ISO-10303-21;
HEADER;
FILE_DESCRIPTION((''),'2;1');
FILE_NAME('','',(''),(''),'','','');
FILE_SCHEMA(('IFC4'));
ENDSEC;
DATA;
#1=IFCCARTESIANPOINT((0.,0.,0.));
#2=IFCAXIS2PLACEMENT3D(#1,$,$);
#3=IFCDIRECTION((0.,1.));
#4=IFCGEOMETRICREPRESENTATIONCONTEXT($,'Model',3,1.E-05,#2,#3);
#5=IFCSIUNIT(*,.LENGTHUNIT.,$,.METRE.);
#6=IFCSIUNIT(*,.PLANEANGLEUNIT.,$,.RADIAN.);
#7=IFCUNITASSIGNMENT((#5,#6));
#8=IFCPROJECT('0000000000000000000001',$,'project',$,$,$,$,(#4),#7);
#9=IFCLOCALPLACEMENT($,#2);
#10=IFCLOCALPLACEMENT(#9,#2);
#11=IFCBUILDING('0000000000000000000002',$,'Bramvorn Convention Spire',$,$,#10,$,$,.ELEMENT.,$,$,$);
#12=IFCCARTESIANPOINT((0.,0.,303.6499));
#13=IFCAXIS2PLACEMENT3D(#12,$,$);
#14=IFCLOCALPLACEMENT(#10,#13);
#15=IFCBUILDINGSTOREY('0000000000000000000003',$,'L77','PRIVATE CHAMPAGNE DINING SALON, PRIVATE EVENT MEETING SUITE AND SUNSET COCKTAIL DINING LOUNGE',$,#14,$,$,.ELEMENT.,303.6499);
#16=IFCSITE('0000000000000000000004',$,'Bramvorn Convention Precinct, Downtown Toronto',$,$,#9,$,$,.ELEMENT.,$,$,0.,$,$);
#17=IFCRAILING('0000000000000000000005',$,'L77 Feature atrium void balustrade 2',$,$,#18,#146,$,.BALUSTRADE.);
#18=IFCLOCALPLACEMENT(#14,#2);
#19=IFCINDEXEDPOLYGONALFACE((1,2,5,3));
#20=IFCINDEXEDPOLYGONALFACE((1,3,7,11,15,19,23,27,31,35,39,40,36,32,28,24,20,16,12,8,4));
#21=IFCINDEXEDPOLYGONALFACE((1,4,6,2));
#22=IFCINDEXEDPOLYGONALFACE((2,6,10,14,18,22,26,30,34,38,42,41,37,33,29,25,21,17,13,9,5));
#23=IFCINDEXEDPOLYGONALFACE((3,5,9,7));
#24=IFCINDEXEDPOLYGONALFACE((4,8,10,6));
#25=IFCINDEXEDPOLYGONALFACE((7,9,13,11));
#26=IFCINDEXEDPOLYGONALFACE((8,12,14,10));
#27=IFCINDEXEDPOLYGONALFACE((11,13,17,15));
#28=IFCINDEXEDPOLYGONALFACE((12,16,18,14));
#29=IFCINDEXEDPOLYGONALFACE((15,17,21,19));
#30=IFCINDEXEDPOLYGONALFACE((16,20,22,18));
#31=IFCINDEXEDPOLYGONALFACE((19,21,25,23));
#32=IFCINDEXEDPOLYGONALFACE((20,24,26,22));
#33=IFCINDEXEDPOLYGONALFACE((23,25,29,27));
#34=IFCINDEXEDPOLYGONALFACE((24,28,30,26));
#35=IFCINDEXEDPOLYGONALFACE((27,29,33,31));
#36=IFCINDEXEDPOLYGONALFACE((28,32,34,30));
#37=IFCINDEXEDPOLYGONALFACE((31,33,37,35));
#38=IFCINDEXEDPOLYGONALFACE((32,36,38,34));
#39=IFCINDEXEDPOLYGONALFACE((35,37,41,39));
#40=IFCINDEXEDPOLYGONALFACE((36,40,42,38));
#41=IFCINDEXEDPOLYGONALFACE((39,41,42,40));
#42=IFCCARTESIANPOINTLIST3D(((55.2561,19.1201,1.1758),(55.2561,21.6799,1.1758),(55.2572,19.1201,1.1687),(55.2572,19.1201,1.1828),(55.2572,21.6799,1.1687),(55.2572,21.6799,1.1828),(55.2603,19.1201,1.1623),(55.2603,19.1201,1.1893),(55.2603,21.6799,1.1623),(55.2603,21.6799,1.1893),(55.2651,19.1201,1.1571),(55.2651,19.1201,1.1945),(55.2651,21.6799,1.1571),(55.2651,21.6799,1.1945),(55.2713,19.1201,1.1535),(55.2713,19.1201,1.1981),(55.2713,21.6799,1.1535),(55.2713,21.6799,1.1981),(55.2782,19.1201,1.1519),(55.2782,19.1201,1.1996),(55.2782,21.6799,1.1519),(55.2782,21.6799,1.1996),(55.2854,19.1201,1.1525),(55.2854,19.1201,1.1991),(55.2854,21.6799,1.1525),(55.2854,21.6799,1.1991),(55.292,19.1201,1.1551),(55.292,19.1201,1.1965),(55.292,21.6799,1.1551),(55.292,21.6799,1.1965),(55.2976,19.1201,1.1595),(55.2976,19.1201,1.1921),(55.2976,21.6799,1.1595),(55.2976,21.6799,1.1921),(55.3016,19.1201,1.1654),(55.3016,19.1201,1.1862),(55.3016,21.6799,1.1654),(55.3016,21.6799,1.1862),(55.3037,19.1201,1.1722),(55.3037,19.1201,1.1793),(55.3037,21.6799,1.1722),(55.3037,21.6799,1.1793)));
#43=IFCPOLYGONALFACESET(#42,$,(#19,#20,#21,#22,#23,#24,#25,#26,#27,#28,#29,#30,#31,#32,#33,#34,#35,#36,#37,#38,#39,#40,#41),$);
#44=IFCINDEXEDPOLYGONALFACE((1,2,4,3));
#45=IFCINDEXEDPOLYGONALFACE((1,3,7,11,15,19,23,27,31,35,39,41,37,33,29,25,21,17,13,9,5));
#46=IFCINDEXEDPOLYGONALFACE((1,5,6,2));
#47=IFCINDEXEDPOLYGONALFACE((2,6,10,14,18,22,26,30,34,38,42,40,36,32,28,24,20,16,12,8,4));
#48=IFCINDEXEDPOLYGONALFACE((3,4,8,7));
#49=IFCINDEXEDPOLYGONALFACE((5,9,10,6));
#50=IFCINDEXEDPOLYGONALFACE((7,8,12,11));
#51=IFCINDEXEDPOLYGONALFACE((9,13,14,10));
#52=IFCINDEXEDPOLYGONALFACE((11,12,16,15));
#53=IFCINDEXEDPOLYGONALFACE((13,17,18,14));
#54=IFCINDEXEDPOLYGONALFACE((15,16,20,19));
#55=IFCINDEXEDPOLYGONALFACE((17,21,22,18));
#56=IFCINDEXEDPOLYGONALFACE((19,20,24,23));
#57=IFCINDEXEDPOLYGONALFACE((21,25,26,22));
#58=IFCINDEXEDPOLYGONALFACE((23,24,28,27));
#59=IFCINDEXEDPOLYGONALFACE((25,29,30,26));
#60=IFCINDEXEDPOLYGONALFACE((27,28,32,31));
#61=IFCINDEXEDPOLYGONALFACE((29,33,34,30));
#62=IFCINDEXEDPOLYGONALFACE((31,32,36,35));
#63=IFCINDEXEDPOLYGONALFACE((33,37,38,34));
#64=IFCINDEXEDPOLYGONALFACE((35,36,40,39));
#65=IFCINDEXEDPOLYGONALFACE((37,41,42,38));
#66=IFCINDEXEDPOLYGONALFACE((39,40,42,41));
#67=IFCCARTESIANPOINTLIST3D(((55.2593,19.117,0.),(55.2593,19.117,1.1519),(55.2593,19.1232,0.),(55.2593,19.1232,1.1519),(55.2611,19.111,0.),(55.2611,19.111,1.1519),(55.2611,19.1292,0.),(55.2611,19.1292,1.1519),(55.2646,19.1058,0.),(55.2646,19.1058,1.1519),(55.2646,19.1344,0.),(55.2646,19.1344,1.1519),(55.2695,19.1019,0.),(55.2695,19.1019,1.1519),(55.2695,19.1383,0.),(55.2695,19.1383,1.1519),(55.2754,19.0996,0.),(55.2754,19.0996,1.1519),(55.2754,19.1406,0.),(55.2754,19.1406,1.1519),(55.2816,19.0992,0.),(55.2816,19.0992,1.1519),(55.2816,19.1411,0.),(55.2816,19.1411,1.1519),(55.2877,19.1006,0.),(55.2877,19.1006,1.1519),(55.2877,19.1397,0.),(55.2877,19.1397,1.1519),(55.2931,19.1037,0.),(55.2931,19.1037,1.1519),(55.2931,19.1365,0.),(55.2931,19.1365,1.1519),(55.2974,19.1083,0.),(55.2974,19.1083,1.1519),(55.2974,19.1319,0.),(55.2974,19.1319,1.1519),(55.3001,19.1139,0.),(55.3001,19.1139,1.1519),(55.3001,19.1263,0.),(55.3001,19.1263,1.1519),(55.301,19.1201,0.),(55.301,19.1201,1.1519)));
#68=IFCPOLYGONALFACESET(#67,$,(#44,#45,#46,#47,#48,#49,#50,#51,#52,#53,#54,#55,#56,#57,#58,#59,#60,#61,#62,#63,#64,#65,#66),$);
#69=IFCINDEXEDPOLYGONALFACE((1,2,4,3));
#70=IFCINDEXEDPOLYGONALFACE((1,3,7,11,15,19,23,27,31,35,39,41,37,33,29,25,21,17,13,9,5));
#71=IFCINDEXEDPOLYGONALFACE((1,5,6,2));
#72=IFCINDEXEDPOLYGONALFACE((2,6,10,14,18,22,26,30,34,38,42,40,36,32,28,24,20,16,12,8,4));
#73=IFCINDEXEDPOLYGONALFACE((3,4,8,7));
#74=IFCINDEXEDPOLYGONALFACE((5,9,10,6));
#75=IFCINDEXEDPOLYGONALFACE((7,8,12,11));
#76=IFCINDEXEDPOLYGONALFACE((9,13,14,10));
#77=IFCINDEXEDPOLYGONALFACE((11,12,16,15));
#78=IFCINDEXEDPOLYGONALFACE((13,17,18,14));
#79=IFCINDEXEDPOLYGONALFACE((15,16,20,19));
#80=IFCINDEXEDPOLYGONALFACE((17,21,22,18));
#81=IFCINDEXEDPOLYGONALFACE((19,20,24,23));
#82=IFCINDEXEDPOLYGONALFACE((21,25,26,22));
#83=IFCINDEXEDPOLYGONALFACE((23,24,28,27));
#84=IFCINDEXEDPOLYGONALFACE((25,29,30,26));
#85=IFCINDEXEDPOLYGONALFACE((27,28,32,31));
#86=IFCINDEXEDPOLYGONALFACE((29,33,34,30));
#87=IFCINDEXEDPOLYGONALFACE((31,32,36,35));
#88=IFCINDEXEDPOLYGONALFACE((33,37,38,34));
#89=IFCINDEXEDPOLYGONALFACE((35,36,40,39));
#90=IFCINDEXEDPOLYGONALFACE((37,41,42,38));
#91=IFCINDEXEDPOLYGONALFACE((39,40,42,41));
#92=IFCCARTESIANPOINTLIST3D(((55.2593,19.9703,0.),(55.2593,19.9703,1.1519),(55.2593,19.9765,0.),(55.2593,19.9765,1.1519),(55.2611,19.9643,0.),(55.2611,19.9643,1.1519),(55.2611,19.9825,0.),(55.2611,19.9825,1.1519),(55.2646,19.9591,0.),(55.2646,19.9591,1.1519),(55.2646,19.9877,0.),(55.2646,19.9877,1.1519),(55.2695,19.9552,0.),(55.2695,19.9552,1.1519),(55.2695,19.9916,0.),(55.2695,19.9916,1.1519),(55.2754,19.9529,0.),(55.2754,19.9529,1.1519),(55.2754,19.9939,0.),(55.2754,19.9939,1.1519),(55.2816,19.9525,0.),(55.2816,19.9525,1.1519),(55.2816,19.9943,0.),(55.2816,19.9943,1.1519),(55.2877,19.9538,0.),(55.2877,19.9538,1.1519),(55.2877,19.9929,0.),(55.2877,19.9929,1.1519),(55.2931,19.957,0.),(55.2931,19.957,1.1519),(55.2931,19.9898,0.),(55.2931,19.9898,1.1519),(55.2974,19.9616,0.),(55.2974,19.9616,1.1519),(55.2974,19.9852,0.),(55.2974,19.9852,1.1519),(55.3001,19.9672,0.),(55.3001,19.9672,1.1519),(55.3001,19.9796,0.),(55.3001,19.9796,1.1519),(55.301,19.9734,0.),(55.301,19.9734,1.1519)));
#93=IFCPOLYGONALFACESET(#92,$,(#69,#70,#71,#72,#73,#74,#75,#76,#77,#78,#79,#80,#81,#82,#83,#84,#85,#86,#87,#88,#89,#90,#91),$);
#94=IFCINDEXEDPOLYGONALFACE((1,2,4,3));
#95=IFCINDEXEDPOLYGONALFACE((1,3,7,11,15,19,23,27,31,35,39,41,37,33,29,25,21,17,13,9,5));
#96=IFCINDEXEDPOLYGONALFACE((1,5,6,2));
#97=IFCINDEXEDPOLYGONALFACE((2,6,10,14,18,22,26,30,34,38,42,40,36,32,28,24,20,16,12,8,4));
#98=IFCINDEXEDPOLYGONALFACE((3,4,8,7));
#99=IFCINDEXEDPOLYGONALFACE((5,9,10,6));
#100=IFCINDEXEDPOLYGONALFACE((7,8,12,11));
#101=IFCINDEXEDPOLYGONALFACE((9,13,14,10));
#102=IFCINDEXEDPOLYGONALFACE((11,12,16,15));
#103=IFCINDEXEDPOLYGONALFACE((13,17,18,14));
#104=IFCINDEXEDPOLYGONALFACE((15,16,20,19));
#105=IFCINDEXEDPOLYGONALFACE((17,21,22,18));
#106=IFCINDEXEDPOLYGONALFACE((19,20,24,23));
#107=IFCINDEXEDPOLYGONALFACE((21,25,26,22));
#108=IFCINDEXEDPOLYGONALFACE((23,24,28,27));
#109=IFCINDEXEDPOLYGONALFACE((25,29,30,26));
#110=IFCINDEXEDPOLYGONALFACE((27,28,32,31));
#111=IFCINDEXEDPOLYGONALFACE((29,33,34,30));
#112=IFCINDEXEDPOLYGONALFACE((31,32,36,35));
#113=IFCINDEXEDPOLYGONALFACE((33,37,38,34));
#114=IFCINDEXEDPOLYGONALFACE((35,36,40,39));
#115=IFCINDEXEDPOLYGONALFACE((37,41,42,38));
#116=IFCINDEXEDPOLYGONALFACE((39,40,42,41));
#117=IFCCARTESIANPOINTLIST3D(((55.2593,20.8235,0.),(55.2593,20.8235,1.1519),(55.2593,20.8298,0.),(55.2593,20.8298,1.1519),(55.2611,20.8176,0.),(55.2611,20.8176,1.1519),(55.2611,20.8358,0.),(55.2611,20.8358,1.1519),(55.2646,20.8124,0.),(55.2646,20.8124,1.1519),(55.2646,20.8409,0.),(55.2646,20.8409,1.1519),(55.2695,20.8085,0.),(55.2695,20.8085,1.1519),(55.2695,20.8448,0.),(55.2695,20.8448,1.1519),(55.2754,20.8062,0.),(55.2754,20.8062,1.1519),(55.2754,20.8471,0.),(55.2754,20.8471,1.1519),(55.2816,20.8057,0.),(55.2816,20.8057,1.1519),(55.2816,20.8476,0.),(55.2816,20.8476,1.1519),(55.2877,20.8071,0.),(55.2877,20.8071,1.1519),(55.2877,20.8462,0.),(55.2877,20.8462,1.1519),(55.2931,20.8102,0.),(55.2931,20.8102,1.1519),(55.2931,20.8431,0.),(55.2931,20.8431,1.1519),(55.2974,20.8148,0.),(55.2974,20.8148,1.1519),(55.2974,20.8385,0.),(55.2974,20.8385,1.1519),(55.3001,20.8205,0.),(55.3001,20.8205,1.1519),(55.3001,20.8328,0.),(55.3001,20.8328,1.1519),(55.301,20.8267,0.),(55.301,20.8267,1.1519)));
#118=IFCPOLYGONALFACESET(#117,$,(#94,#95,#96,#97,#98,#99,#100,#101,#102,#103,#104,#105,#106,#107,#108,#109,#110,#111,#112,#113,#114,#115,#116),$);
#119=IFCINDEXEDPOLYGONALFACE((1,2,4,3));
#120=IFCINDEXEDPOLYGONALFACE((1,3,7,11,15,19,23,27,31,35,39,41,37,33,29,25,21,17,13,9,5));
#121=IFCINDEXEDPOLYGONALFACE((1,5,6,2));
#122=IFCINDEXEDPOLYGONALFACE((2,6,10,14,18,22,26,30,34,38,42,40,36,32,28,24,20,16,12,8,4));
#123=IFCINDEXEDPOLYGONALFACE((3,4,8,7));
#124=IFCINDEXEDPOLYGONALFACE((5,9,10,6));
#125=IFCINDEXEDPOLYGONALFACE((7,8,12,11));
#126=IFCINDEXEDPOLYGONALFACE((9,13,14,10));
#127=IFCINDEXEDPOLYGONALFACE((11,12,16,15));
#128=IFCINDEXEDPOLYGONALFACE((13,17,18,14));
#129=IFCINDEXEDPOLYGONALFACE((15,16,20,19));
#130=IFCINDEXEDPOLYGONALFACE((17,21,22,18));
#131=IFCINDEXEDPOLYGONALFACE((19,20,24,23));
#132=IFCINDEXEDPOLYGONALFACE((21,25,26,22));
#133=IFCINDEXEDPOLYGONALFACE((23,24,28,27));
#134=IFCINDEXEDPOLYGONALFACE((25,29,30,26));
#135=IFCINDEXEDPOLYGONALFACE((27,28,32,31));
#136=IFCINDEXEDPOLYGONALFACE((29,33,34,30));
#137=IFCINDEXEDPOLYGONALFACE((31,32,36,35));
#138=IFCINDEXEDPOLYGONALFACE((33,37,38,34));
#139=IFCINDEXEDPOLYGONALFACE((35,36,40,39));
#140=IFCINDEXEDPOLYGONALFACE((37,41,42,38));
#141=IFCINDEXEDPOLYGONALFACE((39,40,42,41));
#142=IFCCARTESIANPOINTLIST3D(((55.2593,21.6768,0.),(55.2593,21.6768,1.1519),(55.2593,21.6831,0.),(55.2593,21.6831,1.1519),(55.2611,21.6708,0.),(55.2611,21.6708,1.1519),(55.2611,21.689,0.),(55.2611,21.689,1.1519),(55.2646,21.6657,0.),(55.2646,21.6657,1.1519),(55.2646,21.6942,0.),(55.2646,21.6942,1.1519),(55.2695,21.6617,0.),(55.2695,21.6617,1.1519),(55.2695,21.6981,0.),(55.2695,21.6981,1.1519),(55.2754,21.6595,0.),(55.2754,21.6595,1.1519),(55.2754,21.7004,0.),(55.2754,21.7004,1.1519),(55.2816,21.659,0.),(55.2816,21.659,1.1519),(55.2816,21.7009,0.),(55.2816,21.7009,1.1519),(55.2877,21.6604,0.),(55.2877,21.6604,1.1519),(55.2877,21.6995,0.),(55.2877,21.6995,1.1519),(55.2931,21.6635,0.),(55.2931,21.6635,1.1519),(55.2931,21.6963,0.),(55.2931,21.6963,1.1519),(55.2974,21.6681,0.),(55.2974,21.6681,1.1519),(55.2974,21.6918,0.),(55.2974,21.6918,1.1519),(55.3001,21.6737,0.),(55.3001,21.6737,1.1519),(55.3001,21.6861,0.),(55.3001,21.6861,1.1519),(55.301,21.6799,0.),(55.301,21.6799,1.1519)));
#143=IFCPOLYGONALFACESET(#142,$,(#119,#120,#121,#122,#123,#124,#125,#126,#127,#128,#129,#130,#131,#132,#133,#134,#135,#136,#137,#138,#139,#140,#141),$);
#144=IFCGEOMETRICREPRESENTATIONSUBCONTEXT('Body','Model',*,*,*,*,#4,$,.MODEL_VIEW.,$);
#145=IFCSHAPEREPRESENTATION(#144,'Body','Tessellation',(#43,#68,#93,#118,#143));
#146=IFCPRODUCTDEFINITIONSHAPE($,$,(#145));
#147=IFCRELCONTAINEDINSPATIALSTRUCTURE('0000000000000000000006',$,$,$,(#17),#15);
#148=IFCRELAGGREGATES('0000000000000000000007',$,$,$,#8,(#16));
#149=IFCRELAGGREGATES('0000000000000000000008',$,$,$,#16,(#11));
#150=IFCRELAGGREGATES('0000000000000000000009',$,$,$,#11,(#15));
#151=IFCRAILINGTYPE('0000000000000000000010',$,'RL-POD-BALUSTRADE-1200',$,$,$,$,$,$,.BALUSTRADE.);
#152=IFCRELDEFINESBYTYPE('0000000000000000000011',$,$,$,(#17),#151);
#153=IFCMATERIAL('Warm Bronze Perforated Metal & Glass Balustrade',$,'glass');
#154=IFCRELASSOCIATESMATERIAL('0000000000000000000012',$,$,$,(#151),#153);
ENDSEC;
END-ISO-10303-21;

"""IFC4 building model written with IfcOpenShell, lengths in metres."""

from ifc_helpers import new_model, si_unit, direction, frame, origin, origin_2d, place, context, subcontext, project, spatial, circle, extrude, material, type_object, element, save


model = new_model("IFC4")

# Units and contexts
model_context = context("Model", 3, precision=1e-05, world=origin(), true_north=direction((0.0, 1.0)))
body_context = subcontext(model_context, "Body", "Model", "MODEL_VIEW")
ifc_project = project(units=[si_unit("LENGTHUNIT", "METRE"), si_unit("PLANEANGLEUNIT", "RADIAN")], contexts=[model_context])

# Site, building, storey
site_placement = place(None, origin())
site = spatial("IfcSite", under=ifc_project, at=site_placement, Name="Bramvorn Convention Precinct, Downtown Toronto", CompositionType="ELEMENT", RefElevation=0.0)
building_placement = place(site_placement, origin())
building = spatial("IfcBuilding", under=site, at=building_placement, Name="Bramvorn Convention Spire", CompositionType="ELEMENT")
storey_placement = place(building_placement, frame((0.0, 0.0, 303.6499)))
storey = spatial("IfcBuildingStorey", under=building, at=storey_placement, Name="L77", Description="PRIVATE CHAMPAGNE DINING SALON, PRIVATE EVENT MEETING SUITE AND SUNSET COCKTAIL DINING LOUNGE", CompositionType="ELEMENT", Elevation=303.6499)

# Railing
ifc_material_1 = material(Name="Warm Bronze Perforated Metal & Glass Balustrade", Category="glass")
railing_type = type_object("IfcRailingType", Name="RL-POD-BALUSTRADE-1200", PredefinedType="BALUSTRADE", material=ifc_material_1)
railing_1_placement = place(storey_placement, frame((55.28, 19.1201, 0.0)))
element("IfcRailing", 1, at=railing_1_placement, inside=storey, type_object=railing_type, Name="L77 Feature atrium void balustrade 2", PredefinedType="BALUSTRADE", context=body_context, shape_type="SweptSolid", body=[
    extrude(circle(Radius=0.0239, at=origin_2d()), frame((0.0, 0.0, 1.1758), z_axis=(0.0, 1.0, 0.0), x_axis=(-1.0, 0.0, 0.0)), (0.0, 0.0, 1.0), 2.5598),
    extrude(circle(Radius=0.021, at=origin_2d()), origin(), (0.0, 0.0, 1.0), 1.1519),
    extrude(circle(Radius=0.021, at=origin_2d()), frame((0.0, 0.8533, 0.0)), (0.0, 0.0, 1.0), 1.1519),
    extrude(circle(Radius=0.021, at=origin_2d()), frame((0.0, 1.7065, 0.0)), (0.0, 0.0, 1.0), 1.1519),
    extrude(circle(Radius=0.021, at=origin_2d()), frame((0.0, 2.5598, 0.0)), (0.0, 0.0, 1.0), 1.1519),
])

save(model, "model.ifc")
